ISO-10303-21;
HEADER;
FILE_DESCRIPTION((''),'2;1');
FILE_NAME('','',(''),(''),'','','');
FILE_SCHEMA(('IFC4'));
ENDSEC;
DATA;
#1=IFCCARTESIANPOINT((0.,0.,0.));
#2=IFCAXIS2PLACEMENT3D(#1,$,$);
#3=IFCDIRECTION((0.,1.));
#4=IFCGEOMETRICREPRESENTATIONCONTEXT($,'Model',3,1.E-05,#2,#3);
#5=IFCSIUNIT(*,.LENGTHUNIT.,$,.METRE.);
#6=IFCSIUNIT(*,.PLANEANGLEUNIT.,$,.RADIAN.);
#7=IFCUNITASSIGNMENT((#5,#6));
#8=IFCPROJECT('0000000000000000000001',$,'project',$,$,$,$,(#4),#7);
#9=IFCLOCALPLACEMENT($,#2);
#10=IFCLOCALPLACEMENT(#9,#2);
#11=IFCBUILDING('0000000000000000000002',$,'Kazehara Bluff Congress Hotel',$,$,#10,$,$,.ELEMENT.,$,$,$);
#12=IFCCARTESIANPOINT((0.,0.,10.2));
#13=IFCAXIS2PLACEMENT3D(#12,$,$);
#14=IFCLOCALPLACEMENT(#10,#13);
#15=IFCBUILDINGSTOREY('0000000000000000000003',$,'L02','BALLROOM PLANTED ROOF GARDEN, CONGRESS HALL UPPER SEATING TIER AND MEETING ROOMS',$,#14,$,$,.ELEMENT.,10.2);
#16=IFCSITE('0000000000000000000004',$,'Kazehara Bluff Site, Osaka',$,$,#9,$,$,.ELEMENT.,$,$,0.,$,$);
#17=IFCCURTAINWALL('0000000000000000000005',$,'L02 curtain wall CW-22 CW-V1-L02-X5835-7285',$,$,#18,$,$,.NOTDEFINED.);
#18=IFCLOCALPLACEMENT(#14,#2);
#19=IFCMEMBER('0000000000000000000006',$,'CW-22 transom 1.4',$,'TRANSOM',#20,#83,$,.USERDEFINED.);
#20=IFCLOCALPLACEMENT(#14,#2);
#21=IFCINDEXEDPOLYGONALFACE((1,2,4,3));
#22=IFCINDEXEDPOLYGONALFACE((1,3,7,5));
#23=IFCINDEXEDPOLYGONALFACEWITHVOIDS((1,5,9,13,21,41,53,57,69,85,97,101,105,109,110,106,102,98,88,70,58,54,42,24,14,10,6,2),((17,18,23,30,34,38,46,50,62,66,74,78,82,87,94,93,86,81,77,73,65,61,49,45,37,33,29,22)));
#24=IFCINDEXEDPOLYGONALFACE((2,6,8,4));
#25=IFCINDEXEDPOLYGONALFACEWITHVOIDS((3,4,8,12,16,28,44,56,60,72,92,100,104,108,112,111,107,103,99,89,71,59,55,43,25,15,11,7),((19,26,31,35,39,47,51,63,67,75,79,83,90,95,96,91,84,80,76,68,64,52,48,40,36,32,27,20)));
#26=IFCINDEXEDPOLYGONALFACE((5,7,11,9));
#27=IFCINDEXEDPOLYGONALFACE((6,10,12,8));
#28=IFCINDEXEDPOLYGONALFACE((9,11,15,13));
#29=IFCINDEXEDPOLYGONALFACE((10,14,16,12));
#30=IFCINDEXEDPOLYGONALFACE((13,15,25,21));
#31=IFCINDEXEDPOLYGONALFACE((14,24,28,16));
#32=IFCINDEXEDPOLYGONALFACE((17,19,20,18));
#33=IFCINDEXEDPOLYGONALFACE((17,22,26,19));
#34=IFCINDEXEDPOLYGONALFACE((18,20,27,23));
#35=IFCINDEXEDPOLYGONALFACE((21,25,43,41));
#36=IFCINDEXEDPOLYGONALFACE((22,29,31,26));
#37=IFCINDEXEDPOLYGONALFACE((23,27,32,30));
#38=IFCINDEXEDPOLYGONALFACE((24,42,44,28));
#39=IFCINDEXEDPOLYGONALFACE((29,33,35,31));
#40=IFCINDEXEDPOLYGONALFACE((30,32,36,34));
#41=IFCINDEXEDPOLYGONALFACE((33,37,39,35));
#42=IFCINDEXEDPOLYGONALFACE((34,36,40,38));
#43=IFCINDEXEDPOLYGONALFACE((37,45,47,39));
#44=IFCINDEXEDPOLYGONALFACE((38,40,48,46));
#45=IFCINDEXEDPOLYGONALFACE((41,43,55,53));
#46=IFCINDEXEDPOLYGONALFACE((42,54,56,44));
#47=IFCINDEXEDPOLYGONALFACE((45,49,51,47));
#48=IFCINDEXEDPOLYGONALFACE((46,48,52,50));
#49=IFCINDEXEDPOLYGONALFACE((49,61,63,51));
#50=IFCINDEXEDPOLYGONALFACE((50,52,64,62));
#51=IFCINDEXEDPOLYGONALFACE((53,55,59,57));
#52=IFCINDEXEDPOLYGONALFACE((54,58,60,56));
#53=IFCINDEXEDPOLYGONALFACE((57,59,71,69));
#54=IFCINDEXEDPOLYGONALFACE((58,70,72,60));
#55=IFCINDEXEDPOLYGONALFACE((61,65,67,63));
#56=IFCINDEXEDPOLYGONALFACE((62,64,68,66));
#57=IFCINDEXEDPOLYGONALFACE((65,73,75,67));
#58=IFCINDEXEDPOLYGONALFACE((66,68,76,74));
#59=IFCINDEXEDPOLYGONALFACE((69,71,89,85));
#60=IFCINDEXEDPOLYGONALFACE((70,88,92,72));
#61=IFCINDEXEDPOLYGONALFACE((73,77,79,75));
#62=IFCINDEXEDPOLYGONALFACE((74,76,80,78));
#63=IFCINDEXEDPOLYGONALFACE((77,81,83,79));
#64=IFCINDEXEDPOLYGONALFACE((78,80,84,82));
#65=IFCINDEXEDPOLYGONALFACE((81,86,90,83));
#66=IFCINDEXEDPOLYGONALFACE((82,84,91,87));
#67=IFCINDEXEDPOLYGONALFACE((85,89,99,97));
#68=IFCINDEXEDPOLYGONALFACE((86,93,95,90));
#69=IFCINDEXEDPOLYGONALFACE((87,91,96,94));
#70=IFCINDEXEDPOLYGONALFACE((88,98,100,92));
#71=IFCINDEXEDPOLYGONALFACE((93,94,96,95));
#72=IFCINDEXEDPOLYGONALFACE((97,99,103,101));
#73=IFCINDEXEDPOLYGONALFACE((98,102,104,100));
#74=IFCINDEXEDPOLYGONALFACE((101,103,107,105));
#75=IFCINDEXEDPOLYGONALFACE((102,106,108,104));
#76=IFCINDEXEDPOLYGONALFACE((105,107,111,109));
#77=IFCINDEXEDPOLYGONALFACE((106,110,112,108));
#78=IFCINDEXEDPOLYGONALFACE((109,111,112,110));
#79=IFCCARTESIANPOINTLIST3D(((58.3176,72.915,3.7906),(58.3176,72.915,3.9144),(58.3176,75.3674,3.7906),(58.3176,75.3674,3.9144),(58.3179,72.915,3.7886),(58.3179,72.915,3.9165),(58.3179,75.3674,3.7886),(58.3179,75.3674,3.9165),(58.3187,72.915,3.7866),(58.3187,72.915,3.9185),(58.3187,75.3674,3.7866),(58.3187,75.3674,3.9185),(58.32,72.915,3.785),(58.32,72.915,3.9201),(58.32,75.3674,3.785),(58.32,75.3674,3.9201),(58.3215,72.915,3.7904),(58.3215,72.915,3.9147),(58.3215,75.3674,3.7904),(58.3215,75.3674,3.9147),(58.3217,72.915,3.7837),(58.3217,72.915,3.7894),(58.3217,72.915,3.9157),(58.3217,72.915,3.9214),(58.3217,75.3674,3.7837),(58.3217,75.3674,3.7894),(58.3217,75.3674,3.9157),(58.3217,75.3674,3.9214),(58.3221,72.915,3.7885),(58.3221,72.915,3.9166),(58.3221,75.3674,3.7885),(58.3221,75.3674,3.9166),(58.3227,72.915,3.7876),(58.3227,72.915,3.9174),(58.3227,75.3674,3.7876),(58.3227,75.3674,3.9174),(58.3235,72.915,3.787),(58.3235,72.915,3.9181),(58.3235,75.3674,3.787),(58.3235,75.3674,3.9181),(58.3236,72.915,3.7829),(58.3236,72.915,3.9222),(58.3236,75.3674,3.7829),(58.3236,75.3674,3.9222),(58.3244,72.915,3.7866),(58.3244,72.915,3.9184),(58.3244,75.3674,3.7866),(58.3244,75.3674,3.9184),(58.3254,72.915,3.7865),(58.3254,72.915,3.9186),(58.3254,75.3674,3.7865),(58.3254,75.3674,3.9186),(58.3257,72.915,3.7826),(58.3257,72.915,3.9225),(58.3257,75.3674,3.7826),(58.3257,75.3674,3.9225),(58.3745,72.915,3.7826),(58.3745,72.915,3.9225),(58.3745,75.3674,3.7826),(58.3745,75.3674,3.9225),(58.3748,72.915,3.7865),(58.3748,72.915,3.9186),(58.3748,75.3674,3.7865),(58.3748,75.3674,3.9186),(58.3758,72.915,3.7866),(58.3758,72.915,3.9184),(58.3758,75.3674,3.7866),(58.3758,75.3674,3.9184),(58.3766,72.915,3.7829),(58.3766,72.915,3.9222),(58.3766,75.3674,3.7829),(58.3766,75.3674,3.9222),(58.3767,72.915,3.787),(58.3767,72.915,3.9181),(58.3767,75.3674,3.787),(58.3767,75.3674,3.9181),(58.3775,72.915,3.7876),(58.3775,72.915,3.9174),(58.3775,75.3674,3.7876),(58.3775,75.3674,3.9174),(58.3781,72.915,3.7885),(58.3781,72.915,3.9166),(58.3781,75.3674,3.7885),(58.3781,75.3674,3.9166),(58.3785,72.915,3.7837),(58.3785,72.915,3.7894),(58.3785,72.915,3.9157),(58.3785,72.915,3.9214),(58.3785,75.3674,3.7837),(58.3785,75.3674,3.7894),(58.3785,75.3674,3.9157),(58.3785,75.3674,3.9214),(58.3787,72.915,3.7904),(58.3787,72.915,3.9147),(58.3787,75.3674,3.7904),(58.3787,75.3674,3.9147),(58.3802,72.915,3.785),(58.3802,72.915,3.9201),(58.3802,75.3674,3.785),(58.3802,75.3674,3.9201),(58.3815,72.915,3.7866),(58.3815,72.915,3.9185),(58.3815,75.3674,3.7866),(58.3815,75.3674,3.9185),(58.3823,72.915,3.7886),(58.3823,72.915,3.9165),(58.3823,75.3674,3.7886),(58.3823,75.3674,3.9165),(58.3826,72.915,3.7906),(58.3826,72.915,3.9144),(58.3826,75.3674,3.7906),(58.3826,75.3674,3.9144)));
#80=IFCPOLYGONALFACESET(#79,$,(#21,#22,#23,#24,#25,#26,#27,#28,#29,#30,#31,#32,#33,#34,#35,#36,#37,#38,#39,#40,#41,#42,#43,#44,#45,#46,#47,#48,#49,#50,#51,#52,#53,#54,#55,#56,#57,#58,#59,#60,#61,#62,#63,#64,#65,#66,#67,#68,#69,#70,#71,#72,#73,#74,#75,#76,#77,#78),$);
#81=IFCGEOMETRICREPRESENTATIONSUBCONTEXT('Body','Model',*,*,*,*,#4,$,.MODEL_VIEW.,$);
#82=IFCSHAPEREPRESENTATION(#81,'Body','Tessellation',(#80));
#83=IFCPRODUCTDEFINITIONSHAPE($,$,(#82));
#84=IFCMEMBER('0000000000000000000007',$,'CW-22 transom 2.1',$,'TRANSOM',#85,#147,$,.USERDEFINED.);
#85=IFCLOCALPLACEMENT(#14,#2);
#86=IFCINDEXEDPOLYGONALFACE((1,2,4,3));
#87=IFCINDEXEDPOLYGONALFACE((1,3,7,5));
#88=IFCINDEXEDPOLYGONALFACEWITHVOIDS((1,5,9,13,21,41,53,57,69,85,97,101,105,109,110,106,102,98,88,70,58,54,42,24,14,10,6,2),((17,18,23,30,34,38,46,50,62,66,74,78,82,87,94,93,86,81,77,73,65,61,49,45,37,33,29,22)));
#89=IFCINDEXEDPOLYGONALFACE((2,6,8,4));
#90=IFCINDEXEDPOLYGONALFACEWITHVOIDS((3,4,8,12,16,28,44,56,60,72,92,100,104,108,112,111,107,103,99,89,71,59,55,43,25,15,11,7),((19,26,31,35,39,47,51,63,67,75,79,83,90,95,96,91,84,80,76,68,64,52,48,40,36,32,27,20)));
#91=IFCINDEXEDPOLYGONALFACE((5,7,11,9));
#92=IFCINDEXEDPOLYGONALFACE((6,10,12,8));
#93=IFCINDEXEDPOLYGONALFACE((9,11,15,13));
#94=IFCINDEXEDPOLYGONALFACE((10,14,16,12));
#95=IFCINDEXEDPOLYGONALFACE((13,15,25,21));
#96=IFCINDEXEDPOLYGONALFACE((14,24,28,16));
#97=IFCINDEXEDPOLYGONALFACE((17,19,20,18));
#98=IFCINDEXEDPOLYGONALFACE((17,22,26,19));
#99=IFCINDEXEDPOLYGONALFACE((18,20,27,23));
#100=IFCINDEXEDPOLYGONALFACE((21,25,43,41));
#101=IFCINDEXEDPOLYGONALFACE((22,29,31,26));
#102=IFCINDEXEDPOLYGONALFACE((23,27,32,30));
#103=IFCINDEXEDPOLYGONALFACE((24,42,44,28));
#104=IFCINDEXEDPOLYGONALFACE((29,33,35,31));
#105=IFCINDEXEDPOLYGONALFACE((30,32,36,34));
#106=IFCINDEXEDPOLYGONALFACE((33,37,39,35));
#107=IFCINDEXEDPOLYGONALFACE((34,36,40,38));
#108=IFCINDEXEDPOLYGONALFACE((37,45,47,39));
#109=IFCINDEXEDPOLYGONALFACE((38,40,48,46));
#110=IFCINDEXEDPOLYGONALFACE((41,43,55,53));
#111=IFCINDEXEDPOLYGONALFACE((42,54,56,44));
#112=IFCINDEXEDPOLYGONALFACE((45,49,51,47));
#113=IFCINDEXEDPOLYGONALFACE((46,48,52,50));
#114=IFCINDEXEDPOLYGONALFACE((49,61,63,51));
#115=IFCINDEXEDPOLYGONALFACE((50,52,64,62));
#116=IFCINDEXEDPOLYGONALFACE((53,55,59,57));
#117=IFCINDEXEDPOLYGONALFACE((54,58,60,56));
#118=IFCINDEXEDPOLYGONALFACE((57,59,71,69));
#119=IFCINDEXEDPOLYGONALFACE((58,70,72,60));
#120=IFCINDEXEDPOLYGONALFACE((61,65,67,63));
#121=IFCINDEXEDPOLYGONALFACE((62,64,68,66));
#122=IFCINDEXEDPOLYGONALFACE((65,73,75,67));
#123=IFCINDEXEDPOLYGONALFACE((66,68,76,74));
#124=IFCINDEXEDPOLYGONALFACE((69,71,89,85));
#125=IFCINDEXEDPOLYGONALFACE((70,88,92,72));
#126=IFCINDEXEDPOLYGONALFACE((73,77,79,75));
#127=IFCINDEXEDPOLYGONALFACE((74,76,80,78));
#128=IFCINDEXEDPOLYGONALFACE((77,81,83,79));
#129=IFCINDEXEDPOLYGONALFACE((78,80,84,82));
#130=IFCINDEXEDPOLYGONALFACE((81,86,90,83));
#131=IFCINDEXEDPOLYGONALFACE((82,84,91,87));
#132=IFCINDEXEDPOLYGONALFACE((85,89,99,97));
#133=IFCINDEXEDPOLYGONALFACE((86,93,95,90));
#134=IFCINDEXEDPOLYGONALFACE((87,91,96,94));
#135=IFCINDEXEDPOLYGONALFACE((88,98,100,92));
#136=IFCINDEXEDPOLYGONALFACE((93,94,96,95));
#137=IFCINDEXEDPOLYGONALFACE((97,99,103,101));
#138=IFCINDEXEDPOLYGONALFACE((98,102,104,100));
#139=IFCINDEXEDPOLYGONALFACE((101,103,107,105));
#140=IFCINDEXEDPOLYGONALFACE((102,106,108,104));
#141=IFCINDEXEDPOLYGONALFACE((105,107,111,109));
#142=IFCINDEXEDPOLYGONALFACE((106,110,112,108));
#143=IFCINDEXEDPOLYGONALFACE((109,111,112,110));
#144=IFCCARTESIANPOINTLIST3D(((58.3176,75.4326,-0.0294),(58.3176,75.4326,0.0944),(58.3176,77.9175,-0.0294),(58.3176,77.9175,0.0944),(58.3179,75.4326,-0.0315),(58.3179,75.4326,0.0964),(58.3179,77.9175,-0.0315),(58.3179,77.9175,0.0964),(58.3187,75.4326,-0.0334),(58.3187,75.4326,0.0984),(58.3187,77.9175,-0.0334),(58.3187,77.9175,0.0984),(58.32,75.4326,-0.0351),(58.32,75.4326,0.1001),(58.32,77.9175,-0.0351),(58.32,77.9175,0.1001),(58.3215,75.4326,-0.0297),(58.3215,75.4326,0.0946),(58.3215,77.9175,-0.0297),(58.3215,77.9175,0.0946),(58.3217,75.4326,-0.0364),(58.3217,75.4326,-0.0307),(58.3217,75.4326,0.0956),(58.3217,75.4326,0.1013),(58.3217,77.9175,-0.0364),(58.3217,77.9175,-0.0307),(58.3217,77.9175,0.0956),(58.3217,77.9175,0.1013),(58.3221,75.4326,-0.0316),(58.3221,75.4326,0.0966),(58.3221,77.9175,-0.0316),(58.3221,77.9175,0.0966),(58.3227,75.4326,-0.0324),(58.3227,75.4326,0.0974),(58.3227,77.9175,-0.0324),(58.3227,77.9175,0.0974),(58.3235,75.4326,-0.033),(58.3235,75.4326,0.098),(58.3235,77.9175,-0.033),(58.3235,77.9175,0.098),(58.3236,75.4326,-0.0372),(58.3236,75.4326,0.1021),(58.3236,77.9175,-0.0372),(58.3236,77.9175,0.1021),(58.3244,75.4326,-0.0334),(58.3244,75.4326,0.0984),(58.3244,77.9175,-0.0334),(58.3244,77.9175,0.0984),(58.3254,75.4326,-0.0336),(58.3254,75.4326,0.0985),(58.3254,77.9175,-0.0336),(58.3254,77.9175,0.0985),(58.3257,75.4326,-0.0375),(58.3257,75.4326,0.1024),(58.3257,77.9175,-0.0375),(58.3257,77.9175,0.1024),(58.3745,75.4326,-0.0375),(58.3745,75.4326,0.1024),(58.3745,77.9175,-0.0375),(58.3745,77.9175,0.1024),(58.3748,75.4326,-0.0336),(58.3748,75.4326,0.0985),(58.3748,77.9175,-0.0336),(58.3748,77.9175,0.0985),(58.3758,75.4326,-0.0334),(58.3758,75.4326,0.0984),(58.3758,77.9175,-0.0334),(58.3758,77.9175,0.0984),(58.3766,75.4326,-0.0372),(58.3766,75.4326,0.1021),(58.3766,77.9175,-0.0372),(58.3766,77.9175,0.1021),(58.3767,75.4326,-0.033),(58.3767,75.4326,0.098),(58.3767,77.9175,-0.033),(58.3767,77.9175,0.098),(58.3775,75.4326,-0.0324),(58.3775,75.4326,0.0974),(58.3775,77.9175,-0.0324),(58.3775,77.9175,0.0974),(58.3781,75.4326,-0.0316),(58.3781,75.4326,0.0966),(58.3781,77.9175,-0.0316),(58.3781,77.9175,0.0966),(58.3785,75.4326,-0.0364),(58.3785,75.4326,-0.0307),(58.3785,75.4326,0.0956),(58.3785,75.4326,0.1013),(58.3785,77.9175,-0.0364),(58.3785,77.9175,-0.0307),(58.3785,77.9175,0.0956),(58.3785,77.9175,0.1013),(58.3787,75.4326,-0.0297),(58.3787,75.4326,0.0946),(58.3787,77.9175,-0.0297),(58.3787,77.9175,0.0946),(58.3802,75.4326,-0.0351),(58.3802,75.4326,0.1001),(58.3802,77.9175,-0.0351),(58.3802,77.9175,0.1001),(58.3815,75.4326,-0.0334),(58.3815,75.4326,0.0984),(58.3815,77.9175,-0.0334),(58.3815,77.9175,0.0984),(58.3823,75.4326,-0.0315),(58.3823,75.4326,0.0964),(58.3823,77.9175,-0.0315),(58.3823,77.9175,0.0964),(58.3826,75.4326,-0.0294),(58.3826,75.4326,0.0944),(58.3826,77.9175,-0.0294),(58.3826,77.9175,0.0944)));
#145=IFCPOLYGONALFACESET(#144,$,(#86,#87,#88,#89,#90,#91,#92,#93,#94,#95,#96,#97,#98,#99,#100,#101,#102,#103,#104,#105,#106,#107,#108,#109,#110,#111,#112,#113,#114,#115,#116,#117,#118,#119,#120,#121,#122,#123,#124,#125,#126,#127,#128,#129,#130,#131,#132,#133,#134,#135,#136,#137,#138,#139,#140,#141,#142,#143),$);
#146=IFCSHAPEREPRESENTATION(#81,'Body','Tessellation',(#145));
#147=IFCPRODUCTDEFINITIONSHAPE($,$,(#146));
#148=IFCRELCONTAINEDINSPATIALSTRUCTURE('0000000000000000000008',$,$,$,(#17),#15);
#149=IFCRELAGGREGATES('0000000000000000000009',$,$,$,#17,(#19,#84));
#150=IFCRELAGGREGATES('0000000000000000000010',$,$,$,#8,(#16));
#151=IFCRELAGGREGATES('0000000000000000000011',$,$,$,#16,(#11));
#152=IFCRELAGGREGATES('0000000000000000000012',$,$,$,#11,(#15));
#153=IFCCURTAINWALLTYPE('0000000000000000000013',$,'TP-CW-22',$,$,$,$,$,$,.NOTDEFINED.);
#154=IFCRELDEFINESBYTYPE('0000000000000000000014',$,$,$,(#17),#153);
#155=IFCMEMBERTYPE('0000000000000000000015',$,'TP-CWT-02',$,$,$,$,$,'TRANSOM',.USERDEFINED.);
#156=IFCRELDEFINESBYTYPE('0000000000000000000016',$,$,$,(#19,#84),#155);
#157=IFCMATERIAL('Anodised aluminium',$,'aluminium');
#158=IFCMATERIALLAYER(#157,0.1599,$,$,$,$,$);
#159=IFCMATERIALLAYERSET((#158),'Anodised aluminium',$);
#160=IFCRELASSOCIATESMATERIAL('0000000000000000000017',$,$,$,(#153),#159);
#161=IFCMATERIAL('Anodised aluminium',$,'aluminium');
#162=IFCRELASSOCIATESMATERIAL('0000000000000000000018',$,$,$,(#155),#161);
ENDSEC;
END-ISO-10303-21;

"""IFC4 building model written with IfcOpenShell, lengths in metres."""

from ifc_helpers import new_model, si_unit, direction, frame, origin, origin_2d, place, context, subcontext, project, spatial, hollow_rectangle, extrude, material, layer, layer_set, material_profile, profile_set, type_object, element, aggregate, save


model = new_model("IFC4")

# Units and contexts
model_context = context("Model", 3, precision=1e-05, world=origin(), true_north=direction((0.0, 1.0)))
body_context = subcontext(model_context, "Body", "Model", "MODEL_VIEW")
ifc_project = project(units=[si_unit("LENGTHUNIT", "METRE"), si_unit("PLANEANGLEUNIT", "RADIAN")], contexts=[model_context])

# Site, building, storey
site_placement = place(None, origin())
site = spatial("IfcSite", under=ifc_project, at=site_placement, Name="Kazehara Bluff Site, Osaka", CompositionType="ELEMENT", RefElevation=0.0)
building_placement = place(site_placement, origin())
building = spatial("IfcBuilding", under=site, at=building_placement, Name="Kazehara Bluff Congress Hotel", CompositionType="ELEMENT")
storey_placement = place(building_placement, frame((0.0, 0.0, 10.2)))
storey = spatial("IfcBuildingStorey", under=building, at=storey_placement, Name="L02", Description="BALLROOM PLANTED ROOF GARDEN, CONGRESS HALL UPPER SEATING TIER AND MEETING ROOMS", CompositionType="ELEMENT", Elevation=10.2)

# Curtain wall
ifc_material_1 = material(Name="Anodised aluminium", Category="aluminium")
ifc_layer_1 = layer(ifc_material_1, 0.1599)
ifc_layer_set_1 = layer_set([ifc_layer_1], Name="Anodised aluminium")
curtain_wall_type_1 = type_object("IfcCurtainWallType", Name="TP-CW-22", PredefinedType="NOTDEFINED", material=ifc_layer_set_1)
curtain_wall_1_placement = place(storey_placement, origin())
curtain_wall_1 = element("IfcCurtainWall", 1, at=curtain_wall_1_placement, inside=storey, type_object=curtain_wall_type_1, Name="L02 curtain wall CW-22 CW-V1-L02-X5835-7285", PredefinedType="NOTDEFINED")

# Members
ifc_material_2 = material(Name="Anodised aluminium", Category="aluminium")
ifc_material_profile_1 = material_profile(ifc_material_2, hollow_rectangle(XDim=0.0649, YDim=0.1399, WallThickness=0.0039, InnerFilletRadius=0.0039, OuterFilletRadius=0.0081, at=origin_2d()))
ifc_profile_set_1 = profile_set([ifc_material_profile_1], Name="Anodised aluminium")
member_type_1 = type_object("IfcMemberType", Name="TP-CWT-02", ElementType="TRANSOM", PredefinedType="USERDEFINED", material=ifc_profile_set_1)
member_1_placement = place(storey_placement, frame((58.3501, 72.915, 3.8525), z_axis=(0.0, 1.0, 0.0), x_axis=(-1.0, 0.0, 0.0)))
member_1 = element("IfcMember", 2, at=member_1_placement, type_object=member_type_1, Name="CW-22 transom 1.4", ObjectType="TRANSOM", PredefinedType="USERDEFINED", context=body_context, shape_type="SweptSolid", body=[
    extrude(hollow_rectangle(XDim=0.0649, YDim=0.1399, WallThickness=0.0039, InnerFilletRadius=0.0039, OuterFilletRadius=0.0081, at=origin_2d()), origin(), (0.0, 0.0, 1.0), 2.4524),
])
member_2_placement = place(storey_placement, frame((58.3501, 75.4326, 0.0325), z_axis=(0.0, 1.0, 0.0), x_axis=(-1.0, 0.0, 0.0)))
member_2 = element("IfcMember", 3, at=member_2_placement, type_object=member_type_1, Name="CW-22 transom 2.1", ObjectType="TRANSOM", PredefinedType="USERDEFINED", context=body_context, shape_type="SweptSolid", body=[
    extrude(hollow_rectangle(XDim=0.0649, YDim=0.1399, WallThickness=0.0039, InnerFilletRadius=0.0039, OuterFilletRadius=0.0081, at=origin_2d()), origin(), (0.0, 0.0, 1.0), 2.4849),
])

aggregate(curtain_wall_1, [member_1, member_2])

save(model, "model.ifc")
